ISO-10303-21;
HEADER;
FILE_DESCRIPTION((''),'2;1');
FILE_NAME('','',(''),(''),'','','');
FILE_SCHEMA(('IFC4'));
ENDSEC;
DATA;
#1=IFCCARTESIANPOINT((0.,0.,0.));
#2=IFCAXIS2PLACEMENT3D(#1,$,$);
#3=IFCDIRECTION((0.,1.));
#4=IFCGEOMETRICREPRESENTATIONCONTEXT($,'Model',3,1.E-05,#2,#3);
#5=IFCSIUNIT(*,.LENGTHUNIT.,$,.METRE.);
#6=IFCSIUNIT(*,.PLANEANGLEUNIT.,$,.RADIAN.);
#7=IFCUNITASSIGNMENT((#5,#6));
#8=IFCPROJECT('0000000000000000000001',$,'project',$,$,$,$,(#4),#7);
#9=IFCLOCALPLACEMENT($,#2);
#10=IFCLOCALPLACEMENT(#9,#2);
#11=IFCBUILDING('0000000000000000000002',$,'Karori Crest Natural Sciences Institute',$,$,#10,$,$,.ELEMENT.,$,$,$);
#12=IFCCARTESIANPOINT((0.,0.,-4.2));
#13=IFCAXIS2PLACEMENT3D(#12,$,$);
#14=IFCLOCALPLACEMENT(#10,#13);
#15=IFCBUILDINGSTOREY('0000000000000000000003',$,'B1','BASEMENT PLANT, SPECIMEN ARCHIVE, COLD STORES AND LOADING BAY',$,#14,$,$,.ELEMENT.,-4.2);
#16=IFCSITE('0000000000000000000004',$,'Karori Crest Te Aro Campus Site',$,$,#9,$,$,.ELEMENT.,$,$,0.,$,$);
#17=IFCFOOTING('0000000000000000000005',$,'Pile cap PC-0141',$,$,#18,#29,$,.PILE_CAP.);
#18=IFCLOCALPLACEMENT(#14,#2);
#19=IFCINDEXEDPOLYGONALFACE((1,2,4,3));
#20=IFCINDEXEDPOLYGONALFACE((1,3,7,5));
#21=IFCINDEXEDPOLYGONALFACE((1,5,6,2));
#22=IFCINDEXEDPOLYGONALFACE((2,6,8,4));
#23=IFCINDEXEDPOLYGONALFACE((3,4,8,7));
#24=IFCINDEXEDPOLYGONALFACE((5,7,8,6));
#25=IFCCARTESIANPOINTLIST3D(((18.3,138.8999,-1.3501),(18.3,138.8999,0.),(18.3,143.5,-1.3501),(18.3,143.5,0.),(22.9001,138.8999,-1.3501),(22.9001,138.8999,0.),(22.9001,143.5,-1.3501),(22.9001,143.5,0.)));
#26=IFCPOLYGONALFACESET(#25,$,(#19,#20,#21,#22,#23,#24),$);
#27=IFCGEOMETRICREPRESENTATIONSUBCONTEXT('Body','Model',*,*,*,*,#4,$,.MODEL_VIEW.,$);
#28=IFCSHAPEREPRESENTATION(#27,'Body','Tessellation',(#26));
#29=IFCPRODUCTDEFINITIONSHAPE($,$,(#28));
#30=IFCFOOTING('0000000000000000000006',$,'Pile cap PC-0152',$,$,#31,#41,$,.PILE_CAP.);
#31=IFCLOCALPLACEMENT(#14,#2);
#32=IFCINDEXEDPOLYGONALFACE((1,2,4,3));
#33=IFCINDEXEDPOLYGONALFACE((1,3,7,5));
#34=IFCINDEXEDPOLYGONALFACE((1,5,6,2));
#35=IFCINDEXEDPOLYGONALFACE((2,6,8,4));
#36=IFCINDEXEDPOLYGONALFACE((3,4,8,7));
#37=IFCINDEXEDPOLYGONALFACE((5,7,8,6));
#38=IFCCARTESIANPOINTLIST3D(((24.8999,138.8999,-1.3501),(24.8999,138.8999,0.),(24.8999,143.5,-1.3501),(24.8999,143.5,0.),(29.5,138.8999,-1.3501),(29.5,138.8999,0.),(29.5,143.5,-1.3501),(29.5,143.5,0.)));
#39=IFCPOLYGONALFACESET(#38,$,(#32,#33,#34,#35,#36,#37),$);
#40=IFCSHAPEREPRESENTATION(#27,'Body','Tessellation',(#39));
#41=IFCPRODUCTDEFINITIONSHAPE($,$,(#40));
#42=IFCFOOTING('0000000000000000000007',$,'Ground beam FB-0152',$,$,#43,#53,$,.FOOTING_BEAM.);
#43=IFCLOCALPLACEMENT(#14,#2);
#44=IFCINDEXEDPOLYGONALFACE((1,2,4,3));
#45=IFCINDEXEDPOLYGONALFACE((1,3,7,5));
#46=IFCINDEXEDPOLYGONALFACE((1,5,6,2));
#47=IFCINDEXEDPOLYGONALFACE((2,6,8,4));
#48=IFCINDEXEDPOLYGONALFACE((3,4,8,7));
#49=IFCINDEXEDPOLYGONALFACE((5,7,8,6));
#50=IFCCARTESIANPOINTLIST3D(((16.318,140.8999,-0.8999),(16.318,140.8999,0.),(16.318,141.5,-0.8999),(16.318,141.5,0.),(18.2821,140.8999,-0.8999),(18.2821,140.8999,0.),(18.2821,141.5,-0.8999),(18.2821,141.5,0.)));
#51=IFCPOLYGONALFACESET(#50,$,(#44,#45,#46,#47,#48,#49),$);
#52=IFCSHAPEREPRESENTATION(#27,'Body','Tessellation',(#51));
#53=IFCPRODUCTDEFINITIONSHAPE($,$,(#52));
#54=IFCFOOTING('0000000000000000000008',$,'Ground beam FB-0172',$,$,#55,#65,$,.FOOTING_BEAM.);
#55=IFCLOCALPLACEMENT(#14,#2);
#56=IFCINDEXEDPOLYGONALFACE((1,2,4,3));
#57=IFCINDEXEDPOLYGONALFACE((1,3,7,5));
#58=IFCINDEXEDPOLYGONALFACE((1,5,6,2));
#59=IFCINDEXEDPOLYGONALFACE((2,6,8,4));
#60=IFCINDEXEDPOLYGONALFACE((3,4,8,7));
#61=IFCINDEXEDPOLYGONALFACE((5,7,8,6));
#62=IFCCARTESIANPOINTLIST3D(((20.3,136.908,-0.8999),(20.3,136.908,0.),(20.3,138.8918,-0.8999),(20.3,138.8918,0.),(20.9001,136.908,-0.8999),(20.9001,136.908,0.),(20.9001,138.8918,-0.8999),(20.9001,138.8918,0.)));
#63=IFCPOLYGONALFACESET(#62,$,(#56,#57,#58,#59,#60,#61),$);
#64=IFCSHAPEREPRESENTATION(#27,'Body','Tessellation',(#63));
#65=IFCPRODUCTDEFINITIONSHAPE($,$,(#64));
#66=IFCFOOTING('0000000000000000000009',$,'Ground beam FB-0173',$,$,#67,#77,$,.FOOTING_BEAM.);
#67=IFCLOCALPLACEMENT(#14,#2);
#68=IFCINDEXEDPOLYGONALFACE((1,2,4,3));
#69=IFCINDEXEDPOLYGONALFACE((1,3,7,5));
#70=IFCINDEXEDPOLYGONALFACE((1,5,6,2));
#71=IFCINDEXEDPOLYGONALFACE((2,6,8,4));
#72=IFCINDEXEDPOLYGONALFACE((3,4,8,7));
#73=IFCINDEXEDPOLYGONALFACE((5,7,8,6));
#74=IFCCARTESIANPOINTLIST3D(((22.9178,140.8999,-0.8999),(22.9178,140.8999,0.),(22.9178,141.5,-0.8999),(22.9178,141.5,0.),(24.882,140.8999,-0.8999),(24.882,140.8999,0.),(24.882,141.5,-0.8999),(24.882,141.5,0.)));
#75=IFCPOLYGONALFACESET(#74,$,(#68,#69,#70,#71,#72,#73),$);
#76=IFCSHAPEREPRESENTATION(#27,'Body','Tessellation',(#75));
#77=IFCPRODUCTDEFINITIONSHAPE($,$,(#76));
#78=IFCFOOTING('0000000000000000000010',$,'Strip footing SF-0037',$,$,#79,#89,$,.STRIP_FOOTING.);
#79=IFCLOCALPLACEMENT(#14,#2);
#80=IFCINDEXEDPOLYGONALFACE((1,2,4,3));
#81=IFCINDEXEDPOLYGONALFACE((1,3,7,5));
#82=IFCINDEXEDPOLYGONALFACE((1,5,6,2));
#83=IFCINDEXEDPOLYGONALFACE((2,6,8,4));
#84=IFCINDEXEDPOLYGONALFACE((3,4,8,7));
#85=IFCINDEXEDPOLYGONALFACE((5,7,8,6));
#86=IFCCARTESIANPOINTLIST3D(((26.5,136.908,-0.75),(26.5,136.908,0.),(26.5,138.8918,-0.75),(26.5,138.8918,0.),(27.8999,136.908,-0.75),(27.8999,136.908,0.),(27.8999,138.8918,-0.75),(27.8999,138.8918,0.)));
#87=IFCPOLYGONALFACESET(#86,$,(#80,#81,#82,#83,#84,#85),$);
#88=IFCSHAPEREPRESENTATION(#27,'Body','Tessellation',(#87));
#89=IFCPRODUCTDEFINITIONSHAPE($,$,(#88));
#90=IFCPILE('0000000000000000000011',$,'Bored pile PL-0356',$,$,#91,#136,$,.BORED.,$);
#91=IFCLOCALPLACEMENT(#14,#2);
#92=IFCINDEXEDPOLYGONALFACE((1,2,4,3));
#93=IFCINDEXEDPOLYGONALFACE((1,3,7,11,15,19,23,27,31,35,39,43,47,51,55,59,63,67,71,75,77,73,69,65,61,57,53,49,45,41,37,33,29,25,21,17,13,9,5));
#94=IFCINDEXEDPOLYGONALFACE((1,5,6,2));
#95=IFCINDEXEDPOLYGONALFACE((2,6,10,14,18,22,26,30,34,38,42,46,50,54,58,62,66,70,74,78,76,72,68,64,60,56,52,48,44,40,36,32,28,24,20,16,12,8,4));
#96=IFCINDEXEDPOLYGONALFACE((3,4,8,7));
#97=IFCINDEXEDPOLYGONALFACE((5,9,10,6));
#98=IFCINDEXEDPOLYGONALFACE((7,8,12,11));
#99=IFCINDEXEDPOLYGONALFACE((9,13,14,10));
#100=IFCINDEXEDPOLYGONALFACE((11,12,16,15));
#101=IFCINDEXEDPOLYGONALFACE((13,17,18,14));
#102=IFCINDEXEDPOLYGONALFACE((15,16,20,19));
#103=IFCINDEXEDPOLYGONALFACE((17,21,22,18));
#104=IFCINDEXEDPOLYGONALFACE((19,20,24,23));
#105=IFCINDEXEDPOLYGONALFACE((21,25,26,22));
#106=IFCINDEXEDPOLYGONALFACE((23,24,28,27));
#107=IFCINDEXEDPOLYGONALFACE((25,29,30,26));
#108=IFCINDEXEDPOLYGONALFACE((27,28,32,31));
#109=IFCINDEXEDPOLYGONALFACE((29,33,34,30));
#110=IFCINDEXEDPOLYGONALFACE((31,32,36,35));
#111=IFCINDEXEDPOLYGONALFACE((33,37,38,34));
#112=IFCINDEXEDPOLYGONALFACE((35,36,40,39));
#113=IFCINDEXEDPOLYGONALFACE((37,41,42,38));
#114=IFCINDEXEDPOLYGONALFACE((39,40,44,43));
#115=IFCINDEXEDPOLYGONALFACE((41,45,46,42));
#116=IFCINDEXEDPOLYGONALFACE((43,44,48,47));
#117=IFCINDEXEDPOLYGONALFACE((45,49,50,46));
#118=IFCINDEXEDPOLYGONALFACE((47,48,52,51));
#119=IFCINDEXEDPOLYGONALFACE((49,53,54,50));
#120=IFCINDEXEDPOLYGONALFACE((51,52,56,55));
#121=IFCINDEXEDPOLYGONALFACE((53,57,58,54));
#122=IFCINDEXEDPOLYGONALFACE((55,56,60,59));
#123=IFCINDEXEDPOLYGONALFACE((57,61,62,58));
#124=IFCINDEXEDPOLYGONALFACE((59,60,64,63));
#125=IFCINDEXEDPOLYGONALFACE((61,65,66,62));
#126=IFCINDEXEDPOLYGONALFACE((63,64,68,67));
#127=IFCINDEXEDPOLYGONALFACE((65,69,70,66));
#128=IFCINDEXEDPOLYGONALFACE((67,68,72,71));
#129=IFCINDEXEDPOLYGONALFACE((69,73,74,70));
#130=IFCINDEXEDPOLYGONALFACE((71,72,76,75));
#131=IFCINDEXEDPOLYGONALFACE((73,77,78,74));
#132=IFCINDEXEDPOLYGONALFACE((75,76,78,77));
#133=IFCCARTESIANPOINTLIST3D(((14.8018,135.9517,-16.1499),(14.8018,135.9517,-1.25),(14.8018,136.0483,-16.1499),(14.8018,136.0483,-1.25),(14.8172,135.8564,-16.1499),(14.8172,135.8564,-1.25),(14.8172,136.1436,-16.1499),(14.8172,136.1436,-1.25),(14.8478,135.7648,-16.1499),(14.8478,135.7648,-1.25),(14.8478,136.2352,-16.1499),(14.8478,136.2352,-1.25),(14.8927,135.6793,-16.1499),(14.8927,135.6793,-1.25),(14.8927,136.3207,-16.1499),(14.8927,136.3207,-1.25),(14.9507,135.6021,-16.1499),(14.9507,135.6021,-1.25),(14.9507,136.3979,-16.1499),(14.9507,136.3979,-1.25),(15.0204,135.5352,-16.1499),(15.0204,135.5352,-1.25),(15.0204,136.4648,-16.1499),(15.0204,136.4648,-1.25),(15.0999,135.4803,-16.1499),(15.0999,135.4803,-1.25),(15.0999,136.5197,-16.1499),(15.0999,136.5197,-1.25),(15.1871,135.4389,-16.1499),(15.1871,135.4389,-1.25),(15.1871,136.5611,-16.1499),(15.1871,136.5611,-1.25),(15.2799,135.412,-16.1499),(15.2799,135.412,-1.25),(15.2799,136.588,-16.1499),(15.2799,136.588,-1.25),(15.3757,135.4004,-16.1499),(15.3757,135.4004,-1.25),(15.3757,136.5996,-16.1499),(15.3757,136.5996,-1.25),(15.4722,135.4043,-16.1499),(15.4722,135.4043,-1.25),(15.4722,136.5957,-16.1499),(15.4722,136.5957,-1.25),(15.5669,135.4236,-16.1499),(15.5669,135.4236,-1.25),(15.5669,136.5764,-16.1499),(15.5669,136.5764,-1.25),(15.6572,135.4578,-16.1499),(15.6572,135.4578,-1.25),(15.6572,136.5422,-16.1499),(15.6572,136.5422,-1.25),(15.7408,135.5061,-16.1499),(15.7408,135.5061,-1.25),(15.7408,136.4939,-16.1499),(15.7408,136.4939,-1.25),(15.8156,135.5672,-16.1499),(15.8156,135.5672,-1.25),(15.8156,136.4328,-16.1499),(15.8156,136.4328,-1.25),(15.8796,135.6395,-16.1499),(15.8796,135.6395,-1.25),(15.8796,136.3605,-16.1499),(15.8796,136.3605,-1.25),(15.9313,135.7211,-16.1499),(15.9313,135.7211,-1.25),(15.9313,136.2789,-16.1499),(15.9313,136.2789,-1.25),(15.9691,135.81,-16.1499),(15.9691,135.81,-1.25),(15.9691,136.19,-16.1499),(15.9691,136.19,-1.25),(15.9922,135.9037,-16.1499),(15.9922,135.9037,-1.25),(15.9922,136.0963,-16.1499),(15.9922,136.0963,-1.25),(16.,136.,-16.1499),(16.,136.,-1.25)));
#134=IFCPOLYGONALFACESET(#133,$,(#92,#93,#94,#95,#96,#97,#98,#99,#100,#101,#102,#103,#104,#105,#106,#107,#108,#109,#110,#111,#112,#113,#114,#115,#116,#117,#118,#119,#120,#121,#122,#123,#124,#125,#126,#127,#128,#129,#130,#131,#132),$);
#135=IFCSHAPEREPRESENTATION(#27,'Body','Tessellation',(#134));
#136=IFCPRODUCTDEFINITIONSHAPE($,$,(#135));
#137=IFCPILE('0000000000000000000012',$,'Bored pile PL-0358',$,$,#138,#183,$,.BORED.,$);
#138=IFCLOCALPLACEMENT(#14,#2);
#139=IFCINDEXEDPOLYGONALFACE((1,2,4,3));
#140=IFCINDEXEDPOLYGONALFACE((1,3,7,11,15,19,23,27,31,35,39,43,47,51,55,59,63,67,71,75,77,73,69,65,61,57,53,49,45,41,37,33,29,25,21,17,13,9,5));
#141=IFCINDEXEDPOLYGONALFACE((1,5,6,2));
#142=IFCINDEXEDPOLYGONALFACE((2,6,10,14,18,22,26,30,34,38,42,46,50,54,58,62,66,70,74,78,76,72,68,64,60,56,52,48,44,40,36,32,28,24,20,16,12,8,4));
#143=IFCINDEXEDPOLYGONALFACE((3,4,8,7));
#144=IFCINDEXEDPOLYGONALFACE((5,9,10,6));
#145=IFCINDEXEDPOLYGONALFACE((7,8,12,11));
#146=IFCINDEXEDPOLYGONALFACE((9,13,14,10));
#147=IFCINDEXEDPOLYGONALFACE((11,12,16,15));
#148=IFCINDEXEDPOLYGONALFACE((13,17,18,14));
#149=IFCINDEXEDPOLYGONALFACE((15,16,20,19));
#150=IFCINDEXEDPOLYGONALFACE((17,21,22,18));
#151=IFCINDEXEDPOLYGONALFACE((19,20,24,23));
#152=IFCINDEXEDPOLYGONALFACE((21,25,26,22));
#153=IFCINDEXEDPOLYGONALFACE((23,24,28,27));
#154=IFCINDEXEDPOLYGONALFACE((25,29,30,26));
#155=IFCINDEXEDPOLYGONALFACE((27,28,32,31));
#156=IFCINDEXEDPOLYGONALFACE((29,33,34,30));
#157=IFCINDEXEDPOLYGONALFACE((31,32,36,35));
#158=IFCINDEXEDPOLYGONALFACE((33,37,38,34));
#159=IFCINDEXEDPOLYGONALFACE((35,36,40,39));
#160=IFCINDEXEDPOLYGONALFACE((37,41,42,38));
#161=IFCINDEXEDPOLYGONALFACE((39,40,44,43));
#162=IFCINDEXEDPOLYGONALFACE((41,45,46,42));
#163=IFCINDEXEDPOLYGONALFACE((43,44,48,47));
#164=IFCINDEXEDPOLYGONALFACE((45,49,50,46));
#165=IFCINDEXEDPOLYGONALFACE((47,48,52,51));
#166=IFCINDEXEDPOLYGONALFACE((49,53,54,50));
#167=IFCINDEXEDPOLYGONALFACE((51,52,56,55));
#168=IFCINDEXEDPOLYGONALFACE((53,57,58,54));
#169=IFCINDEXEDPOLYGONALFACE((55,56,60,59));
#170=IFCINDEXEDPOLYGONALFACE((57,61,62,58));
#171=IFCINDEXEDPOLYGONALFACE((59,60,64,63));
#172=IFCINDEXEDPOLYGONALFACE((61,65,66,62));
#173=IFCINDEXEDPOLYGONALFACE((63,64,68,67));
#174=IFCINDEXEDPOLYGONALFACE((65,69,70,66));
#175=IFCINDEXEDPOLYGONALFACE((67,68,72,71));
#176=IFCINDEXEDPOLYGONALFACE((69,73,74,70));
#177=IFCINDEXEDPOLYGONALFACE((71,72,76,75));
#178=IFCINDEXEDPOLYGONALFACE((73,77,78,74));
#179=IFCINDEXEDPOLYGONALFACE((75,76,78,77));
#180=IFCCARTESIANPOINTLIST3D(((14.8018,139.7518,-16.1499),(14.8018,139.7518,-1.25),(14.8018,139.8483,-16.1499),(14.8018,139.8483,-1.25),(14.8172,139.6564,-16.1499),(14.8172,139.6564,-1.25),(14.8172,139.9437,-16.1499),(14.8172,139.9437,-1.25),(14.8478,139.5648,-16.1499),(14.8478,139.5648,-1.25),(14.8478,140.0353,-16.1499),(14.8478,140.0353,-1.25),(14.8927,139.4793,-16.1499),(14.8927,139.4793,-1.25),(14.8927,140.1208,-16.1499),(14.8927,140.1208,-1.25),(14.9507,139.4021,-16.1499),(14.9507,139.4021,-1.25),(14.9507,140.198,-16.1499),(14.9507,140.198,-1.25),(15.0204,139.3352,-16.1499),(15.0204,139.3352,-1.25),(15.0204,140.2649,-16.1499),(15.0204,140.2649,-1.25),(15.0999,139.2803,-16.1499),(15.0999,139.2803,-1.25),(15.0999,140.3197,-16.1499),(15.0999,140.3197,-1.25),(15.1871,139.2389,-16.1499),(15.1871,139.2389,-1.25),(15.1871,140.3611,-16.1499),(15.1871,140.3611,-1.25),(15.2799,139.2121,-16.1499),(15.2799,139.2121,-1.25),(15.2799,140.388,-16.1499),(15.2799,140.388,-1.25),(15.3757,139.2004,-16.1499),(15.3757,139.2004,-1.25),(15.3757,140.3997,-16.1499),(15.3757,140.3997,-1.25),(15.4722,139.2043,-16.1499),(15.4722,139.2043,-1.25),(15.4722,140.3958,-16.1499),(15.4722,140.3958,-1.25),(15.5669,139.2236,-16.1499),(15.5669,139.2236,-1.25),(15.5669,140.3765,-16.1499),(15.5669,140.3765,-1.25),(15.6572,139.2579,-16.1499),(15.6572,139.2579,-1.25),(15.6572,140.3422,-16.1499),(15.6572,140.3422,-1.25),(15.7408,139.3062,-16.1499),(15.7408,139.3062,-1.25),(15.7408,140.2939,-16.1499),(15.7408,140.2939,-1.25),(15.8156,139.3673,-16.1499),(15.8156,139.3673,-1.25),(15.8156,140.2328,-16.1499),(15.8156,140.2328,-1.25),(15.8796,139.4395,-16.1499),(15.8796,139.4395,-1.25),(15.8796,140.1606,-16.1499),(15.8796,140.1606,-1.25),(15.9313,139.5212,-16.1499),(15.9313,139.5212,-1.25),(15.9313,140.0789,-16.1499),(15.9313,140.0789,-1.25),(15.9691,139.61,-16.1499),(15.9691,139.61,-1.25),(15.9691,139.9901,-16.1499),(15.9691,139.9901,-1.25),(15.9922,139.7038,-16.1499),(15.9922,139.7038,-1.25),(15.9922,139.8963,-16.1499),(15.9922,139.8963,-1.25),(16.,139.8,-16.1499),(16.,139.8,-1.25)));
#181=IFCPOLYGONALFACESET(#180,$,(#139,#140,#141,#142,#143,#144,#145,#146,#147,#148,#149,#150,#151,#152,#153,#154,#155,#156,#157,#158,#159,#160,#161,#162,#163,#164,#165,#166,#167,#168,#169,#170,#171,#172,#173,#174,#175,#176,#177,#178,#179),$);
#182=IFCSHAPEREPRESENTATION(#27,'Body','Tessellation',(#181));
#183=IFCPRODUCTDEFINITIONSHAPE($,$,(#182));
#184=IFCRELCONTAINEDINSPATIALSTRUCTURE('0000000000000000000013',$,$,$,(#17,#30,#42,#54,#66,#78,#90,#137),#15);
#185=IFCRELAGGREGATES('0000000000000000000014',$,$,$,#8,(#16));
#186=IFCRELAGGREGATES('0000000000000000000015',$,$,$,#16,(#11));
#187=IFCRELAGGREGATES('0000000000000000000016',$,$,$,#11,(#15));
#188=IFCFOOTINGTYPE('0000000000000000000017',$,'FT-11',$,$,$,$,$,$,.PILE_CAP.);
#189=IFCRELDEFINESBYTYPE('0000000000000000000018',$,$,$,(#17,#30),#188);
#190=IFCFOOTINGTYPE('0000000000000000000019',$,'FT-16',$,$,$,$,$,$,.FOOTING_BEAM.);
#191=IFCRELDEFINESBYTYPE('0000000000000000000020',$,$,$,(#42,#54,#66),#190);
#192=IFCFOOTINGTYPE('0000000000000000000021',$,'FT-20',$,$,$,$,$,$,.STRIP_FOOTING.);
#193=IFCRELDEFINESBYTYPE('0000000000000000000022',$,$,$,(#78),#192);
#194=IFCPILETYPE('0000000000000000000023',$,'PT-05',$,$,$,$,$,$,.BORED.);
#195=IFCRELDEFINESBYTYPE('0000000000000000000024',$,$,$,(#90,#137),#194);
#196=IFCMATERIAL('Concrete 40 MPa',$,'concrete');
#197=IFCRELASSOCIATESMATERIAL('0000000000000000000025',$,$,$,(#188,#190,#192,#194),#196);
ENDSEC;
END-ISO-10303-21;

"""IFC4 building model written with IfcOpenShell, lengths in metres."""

from ifc_helpers import new_model, si_unit, direction, frame, origin, origin_2d, place, context, subcontext, project, spatial, rectangle, circle, extrude, material, material_profile, profile_set, type_object, element, save


model = new_model("IFC4")

# Units and contexts
model_context = context("Model", 3, precision=1e-05, world=origin(), true_north=direction((0.0, 1.0)))
body_context = subcontext(model_context, "Body", "Model", "MODEL_VIEW")
ifc_project = project(units=[si_unit("LENGTHUNIT", "METRE"), si_unit("PLANEANGLEUNIT", "RADIAN")], contexts=[model_context])

# Site, building, storey
site_placement = place(None, origin())
site = spatial("IfcSite", under=ifc_project, at=site_placement, Name="Karori Crest Te Aro Campus Site", CompositionType="ELEMENT", RefElevation=0.0)
building_placement = place(site_placement, origin())
building = spatial("IfcBuilding", under=site, at=building_placement, Name="Karori Crest Natural Sciences Institute", CompositionType="ELEMENT")
storey_placement = place(building_placement, frame((0.0, 0.0, -4.2)))
storey = spatial("IfcBuildingStorey", under=building, at=storey_placement, Name="B1", Description="BASEMENT PLANT, SPECIMEN ARCHIVE, COLD STORES AND LOADING BAY", CompositionType="ELEMENT", Elevation=-4.2)

# Footings
ifc_material_1 = material(Name="Concrete 40 MPa", Category="concrete")
footing_type_1 = type_object("IfcFootingType", Name="FT-11", PredefinedType="PILE_CAP", material=ifc_material_1)
for number, where, z_axis, x_axis, name in (
    (1, (20.6001, 141.2, -1.3501), (0.0, 0.0, 1.0), (1.0, 0.0, 0.0), "Pile cap PC-0141"),
    (2, (27.2, 141.2, -1.3501), (0.0, 0.0, 1.0), (1.0, 0.0, 0.0), "Pile cap PC-0152"),
):
    element("IfcFooting", number, at=place(storey_placement, frame(where, z_axis=z_axis, x_axis=x_axis)), inside=storey, type_object=footing_type_1, Name=name, PredefinedType="PILE_CAP", context=body_context, shape_type="SweptSolid", body=[
        extrude(rectangle(XDim=4.6001, YDim=4.6001, at=origin_2d()), origin(), (0.0, 0.0, 1.0), 1.3501),
    ])
footing_type_2 = type_object("IfcFootingType", Name="FT-16", PredefinedType="FOOTING_BEAM", material=ifc_material_1)
footing_1_placement = place(storey_placement, frame((17.3, 141.2, -0.8999), z_axis=(0.0, 0.0, 1.0), x_axis=(1.0, 0.0, 0.0)))
element("IfcFooting", 3, at=footing_1_placement, inside=storey, type_object=footing_type_2, Name="Ground beam FB-0152", PredefinedType="FOOTING_BEAM", context=body_context, shape_type="SweptSolid", body=[
    extrude(rectangle(XDim=1.9641, YDim=0.6001, at=origin_2d()), origin(), (0.0, 0.0, 1.0), 0.8999),
])
footing_2_placement = place(storey_placement, frame((20.6001, 137.8999, -0.8999), z_axis=(0.0, 0.0, 1.0), x_axis=(0.0, 1.0, 0.0)))
element("IfcFooting", 4, at=footing_2_placement, inside=storey, type_object=footing_type_2, Name="Ground beam FB-0172", PredefinedType="FOOTING_BEAM", context=body_context, shape_type="SweptSolid", body=[
    extrude(rectangle(XDim=1.9839, YDim=0.6001, at=origin_2d()), origin(), (0.0, 0.0, 1.0), 0.8999),
])
footing_3_placement = place(storey_placement, frame((23.8999, 141.2, -0.8999), z_axis=(0.0, 0.0, 1.0), x_axis=(1.0, 0.0, 0.0)))
element("IfcFooting", 5, at=footing_3_placement, inside=storey, type_object=footing_type_2, Name="Ground beam FB-0173", PredefinedType="FOOTING_BEAM", context=body_context, shape_type="SweptSolid", body=[
    extrude(rectangle(XDim=1.9641, YDim=0.6001, at=origin_2d()), origin(), (0.0, 0.0, 1.0), 0.8999),
])
footing_type_3 = type_object("IfcFootingType", Name="FT-20", PredefinedType="STRIP_FOOTING", material=ifc_material_1)
footing_4_placement = place(storey_placement, frame((27.2, 137.8999, -0.75), z_axis=(0.0, 0.0, 1.0), x_axis=(0.0, 1.0, 0.0)))
element("IfcFooting", 6, at=footing_4_placement, inside=storey, type_object=footing_type_3, Name="Strip footing SF-0037", PredefinedType="STRIP_FOOTING", context=body_context, shape_type="SweptSolid", body=[
    extrude(rectangle(XDim=1.9839, YDim=1.3999, at=origin_2d()), origin(), (0.0, 0.0, 1.0), 0.75),
])

# Piles
ifc_material_profile_1 = material_profile(ifc_material_1, circle(Radius=0.6001, at=origin_2d()), Name="PILE1200")
ifc_profile_set_1 = profile_set([ifc_material_profile_1], Name="Concrete 40 MPa")
pile_type = type_object("IfcPileType", Name="PT-05", PredefinedType="BORED", material=ifc_profile_set_1)
for number, where, z_axis, x_axis, name in (
    (7, (15.3999, 136.0, -1.25), (0.0, 0.0, -1.0), (1.0, 0.0, 0.0), "Bored pile PL-0356"),
    (8, (15.3999, 139.8, -1.25), (0.0, 0.0, -1.0), (1.0, 0.0, 0.0), "Bored pile PL-0358"),
):
    element("IfcPile", number, at=place(storey_placement, frame(where, z_axis=z_axis, x_axis=x_axis)), inside=storey, type_object=pile_type, Name=name, PredefinedType="BORED", context=body_context, shape_type="SweptSolid", body=[
        extrude(circle(Radius=0.6001, at=origin_2d()), origin(), (0.0, 0.0, 1.0), 14.8999),
    ])

save(model, "model.ifc")
